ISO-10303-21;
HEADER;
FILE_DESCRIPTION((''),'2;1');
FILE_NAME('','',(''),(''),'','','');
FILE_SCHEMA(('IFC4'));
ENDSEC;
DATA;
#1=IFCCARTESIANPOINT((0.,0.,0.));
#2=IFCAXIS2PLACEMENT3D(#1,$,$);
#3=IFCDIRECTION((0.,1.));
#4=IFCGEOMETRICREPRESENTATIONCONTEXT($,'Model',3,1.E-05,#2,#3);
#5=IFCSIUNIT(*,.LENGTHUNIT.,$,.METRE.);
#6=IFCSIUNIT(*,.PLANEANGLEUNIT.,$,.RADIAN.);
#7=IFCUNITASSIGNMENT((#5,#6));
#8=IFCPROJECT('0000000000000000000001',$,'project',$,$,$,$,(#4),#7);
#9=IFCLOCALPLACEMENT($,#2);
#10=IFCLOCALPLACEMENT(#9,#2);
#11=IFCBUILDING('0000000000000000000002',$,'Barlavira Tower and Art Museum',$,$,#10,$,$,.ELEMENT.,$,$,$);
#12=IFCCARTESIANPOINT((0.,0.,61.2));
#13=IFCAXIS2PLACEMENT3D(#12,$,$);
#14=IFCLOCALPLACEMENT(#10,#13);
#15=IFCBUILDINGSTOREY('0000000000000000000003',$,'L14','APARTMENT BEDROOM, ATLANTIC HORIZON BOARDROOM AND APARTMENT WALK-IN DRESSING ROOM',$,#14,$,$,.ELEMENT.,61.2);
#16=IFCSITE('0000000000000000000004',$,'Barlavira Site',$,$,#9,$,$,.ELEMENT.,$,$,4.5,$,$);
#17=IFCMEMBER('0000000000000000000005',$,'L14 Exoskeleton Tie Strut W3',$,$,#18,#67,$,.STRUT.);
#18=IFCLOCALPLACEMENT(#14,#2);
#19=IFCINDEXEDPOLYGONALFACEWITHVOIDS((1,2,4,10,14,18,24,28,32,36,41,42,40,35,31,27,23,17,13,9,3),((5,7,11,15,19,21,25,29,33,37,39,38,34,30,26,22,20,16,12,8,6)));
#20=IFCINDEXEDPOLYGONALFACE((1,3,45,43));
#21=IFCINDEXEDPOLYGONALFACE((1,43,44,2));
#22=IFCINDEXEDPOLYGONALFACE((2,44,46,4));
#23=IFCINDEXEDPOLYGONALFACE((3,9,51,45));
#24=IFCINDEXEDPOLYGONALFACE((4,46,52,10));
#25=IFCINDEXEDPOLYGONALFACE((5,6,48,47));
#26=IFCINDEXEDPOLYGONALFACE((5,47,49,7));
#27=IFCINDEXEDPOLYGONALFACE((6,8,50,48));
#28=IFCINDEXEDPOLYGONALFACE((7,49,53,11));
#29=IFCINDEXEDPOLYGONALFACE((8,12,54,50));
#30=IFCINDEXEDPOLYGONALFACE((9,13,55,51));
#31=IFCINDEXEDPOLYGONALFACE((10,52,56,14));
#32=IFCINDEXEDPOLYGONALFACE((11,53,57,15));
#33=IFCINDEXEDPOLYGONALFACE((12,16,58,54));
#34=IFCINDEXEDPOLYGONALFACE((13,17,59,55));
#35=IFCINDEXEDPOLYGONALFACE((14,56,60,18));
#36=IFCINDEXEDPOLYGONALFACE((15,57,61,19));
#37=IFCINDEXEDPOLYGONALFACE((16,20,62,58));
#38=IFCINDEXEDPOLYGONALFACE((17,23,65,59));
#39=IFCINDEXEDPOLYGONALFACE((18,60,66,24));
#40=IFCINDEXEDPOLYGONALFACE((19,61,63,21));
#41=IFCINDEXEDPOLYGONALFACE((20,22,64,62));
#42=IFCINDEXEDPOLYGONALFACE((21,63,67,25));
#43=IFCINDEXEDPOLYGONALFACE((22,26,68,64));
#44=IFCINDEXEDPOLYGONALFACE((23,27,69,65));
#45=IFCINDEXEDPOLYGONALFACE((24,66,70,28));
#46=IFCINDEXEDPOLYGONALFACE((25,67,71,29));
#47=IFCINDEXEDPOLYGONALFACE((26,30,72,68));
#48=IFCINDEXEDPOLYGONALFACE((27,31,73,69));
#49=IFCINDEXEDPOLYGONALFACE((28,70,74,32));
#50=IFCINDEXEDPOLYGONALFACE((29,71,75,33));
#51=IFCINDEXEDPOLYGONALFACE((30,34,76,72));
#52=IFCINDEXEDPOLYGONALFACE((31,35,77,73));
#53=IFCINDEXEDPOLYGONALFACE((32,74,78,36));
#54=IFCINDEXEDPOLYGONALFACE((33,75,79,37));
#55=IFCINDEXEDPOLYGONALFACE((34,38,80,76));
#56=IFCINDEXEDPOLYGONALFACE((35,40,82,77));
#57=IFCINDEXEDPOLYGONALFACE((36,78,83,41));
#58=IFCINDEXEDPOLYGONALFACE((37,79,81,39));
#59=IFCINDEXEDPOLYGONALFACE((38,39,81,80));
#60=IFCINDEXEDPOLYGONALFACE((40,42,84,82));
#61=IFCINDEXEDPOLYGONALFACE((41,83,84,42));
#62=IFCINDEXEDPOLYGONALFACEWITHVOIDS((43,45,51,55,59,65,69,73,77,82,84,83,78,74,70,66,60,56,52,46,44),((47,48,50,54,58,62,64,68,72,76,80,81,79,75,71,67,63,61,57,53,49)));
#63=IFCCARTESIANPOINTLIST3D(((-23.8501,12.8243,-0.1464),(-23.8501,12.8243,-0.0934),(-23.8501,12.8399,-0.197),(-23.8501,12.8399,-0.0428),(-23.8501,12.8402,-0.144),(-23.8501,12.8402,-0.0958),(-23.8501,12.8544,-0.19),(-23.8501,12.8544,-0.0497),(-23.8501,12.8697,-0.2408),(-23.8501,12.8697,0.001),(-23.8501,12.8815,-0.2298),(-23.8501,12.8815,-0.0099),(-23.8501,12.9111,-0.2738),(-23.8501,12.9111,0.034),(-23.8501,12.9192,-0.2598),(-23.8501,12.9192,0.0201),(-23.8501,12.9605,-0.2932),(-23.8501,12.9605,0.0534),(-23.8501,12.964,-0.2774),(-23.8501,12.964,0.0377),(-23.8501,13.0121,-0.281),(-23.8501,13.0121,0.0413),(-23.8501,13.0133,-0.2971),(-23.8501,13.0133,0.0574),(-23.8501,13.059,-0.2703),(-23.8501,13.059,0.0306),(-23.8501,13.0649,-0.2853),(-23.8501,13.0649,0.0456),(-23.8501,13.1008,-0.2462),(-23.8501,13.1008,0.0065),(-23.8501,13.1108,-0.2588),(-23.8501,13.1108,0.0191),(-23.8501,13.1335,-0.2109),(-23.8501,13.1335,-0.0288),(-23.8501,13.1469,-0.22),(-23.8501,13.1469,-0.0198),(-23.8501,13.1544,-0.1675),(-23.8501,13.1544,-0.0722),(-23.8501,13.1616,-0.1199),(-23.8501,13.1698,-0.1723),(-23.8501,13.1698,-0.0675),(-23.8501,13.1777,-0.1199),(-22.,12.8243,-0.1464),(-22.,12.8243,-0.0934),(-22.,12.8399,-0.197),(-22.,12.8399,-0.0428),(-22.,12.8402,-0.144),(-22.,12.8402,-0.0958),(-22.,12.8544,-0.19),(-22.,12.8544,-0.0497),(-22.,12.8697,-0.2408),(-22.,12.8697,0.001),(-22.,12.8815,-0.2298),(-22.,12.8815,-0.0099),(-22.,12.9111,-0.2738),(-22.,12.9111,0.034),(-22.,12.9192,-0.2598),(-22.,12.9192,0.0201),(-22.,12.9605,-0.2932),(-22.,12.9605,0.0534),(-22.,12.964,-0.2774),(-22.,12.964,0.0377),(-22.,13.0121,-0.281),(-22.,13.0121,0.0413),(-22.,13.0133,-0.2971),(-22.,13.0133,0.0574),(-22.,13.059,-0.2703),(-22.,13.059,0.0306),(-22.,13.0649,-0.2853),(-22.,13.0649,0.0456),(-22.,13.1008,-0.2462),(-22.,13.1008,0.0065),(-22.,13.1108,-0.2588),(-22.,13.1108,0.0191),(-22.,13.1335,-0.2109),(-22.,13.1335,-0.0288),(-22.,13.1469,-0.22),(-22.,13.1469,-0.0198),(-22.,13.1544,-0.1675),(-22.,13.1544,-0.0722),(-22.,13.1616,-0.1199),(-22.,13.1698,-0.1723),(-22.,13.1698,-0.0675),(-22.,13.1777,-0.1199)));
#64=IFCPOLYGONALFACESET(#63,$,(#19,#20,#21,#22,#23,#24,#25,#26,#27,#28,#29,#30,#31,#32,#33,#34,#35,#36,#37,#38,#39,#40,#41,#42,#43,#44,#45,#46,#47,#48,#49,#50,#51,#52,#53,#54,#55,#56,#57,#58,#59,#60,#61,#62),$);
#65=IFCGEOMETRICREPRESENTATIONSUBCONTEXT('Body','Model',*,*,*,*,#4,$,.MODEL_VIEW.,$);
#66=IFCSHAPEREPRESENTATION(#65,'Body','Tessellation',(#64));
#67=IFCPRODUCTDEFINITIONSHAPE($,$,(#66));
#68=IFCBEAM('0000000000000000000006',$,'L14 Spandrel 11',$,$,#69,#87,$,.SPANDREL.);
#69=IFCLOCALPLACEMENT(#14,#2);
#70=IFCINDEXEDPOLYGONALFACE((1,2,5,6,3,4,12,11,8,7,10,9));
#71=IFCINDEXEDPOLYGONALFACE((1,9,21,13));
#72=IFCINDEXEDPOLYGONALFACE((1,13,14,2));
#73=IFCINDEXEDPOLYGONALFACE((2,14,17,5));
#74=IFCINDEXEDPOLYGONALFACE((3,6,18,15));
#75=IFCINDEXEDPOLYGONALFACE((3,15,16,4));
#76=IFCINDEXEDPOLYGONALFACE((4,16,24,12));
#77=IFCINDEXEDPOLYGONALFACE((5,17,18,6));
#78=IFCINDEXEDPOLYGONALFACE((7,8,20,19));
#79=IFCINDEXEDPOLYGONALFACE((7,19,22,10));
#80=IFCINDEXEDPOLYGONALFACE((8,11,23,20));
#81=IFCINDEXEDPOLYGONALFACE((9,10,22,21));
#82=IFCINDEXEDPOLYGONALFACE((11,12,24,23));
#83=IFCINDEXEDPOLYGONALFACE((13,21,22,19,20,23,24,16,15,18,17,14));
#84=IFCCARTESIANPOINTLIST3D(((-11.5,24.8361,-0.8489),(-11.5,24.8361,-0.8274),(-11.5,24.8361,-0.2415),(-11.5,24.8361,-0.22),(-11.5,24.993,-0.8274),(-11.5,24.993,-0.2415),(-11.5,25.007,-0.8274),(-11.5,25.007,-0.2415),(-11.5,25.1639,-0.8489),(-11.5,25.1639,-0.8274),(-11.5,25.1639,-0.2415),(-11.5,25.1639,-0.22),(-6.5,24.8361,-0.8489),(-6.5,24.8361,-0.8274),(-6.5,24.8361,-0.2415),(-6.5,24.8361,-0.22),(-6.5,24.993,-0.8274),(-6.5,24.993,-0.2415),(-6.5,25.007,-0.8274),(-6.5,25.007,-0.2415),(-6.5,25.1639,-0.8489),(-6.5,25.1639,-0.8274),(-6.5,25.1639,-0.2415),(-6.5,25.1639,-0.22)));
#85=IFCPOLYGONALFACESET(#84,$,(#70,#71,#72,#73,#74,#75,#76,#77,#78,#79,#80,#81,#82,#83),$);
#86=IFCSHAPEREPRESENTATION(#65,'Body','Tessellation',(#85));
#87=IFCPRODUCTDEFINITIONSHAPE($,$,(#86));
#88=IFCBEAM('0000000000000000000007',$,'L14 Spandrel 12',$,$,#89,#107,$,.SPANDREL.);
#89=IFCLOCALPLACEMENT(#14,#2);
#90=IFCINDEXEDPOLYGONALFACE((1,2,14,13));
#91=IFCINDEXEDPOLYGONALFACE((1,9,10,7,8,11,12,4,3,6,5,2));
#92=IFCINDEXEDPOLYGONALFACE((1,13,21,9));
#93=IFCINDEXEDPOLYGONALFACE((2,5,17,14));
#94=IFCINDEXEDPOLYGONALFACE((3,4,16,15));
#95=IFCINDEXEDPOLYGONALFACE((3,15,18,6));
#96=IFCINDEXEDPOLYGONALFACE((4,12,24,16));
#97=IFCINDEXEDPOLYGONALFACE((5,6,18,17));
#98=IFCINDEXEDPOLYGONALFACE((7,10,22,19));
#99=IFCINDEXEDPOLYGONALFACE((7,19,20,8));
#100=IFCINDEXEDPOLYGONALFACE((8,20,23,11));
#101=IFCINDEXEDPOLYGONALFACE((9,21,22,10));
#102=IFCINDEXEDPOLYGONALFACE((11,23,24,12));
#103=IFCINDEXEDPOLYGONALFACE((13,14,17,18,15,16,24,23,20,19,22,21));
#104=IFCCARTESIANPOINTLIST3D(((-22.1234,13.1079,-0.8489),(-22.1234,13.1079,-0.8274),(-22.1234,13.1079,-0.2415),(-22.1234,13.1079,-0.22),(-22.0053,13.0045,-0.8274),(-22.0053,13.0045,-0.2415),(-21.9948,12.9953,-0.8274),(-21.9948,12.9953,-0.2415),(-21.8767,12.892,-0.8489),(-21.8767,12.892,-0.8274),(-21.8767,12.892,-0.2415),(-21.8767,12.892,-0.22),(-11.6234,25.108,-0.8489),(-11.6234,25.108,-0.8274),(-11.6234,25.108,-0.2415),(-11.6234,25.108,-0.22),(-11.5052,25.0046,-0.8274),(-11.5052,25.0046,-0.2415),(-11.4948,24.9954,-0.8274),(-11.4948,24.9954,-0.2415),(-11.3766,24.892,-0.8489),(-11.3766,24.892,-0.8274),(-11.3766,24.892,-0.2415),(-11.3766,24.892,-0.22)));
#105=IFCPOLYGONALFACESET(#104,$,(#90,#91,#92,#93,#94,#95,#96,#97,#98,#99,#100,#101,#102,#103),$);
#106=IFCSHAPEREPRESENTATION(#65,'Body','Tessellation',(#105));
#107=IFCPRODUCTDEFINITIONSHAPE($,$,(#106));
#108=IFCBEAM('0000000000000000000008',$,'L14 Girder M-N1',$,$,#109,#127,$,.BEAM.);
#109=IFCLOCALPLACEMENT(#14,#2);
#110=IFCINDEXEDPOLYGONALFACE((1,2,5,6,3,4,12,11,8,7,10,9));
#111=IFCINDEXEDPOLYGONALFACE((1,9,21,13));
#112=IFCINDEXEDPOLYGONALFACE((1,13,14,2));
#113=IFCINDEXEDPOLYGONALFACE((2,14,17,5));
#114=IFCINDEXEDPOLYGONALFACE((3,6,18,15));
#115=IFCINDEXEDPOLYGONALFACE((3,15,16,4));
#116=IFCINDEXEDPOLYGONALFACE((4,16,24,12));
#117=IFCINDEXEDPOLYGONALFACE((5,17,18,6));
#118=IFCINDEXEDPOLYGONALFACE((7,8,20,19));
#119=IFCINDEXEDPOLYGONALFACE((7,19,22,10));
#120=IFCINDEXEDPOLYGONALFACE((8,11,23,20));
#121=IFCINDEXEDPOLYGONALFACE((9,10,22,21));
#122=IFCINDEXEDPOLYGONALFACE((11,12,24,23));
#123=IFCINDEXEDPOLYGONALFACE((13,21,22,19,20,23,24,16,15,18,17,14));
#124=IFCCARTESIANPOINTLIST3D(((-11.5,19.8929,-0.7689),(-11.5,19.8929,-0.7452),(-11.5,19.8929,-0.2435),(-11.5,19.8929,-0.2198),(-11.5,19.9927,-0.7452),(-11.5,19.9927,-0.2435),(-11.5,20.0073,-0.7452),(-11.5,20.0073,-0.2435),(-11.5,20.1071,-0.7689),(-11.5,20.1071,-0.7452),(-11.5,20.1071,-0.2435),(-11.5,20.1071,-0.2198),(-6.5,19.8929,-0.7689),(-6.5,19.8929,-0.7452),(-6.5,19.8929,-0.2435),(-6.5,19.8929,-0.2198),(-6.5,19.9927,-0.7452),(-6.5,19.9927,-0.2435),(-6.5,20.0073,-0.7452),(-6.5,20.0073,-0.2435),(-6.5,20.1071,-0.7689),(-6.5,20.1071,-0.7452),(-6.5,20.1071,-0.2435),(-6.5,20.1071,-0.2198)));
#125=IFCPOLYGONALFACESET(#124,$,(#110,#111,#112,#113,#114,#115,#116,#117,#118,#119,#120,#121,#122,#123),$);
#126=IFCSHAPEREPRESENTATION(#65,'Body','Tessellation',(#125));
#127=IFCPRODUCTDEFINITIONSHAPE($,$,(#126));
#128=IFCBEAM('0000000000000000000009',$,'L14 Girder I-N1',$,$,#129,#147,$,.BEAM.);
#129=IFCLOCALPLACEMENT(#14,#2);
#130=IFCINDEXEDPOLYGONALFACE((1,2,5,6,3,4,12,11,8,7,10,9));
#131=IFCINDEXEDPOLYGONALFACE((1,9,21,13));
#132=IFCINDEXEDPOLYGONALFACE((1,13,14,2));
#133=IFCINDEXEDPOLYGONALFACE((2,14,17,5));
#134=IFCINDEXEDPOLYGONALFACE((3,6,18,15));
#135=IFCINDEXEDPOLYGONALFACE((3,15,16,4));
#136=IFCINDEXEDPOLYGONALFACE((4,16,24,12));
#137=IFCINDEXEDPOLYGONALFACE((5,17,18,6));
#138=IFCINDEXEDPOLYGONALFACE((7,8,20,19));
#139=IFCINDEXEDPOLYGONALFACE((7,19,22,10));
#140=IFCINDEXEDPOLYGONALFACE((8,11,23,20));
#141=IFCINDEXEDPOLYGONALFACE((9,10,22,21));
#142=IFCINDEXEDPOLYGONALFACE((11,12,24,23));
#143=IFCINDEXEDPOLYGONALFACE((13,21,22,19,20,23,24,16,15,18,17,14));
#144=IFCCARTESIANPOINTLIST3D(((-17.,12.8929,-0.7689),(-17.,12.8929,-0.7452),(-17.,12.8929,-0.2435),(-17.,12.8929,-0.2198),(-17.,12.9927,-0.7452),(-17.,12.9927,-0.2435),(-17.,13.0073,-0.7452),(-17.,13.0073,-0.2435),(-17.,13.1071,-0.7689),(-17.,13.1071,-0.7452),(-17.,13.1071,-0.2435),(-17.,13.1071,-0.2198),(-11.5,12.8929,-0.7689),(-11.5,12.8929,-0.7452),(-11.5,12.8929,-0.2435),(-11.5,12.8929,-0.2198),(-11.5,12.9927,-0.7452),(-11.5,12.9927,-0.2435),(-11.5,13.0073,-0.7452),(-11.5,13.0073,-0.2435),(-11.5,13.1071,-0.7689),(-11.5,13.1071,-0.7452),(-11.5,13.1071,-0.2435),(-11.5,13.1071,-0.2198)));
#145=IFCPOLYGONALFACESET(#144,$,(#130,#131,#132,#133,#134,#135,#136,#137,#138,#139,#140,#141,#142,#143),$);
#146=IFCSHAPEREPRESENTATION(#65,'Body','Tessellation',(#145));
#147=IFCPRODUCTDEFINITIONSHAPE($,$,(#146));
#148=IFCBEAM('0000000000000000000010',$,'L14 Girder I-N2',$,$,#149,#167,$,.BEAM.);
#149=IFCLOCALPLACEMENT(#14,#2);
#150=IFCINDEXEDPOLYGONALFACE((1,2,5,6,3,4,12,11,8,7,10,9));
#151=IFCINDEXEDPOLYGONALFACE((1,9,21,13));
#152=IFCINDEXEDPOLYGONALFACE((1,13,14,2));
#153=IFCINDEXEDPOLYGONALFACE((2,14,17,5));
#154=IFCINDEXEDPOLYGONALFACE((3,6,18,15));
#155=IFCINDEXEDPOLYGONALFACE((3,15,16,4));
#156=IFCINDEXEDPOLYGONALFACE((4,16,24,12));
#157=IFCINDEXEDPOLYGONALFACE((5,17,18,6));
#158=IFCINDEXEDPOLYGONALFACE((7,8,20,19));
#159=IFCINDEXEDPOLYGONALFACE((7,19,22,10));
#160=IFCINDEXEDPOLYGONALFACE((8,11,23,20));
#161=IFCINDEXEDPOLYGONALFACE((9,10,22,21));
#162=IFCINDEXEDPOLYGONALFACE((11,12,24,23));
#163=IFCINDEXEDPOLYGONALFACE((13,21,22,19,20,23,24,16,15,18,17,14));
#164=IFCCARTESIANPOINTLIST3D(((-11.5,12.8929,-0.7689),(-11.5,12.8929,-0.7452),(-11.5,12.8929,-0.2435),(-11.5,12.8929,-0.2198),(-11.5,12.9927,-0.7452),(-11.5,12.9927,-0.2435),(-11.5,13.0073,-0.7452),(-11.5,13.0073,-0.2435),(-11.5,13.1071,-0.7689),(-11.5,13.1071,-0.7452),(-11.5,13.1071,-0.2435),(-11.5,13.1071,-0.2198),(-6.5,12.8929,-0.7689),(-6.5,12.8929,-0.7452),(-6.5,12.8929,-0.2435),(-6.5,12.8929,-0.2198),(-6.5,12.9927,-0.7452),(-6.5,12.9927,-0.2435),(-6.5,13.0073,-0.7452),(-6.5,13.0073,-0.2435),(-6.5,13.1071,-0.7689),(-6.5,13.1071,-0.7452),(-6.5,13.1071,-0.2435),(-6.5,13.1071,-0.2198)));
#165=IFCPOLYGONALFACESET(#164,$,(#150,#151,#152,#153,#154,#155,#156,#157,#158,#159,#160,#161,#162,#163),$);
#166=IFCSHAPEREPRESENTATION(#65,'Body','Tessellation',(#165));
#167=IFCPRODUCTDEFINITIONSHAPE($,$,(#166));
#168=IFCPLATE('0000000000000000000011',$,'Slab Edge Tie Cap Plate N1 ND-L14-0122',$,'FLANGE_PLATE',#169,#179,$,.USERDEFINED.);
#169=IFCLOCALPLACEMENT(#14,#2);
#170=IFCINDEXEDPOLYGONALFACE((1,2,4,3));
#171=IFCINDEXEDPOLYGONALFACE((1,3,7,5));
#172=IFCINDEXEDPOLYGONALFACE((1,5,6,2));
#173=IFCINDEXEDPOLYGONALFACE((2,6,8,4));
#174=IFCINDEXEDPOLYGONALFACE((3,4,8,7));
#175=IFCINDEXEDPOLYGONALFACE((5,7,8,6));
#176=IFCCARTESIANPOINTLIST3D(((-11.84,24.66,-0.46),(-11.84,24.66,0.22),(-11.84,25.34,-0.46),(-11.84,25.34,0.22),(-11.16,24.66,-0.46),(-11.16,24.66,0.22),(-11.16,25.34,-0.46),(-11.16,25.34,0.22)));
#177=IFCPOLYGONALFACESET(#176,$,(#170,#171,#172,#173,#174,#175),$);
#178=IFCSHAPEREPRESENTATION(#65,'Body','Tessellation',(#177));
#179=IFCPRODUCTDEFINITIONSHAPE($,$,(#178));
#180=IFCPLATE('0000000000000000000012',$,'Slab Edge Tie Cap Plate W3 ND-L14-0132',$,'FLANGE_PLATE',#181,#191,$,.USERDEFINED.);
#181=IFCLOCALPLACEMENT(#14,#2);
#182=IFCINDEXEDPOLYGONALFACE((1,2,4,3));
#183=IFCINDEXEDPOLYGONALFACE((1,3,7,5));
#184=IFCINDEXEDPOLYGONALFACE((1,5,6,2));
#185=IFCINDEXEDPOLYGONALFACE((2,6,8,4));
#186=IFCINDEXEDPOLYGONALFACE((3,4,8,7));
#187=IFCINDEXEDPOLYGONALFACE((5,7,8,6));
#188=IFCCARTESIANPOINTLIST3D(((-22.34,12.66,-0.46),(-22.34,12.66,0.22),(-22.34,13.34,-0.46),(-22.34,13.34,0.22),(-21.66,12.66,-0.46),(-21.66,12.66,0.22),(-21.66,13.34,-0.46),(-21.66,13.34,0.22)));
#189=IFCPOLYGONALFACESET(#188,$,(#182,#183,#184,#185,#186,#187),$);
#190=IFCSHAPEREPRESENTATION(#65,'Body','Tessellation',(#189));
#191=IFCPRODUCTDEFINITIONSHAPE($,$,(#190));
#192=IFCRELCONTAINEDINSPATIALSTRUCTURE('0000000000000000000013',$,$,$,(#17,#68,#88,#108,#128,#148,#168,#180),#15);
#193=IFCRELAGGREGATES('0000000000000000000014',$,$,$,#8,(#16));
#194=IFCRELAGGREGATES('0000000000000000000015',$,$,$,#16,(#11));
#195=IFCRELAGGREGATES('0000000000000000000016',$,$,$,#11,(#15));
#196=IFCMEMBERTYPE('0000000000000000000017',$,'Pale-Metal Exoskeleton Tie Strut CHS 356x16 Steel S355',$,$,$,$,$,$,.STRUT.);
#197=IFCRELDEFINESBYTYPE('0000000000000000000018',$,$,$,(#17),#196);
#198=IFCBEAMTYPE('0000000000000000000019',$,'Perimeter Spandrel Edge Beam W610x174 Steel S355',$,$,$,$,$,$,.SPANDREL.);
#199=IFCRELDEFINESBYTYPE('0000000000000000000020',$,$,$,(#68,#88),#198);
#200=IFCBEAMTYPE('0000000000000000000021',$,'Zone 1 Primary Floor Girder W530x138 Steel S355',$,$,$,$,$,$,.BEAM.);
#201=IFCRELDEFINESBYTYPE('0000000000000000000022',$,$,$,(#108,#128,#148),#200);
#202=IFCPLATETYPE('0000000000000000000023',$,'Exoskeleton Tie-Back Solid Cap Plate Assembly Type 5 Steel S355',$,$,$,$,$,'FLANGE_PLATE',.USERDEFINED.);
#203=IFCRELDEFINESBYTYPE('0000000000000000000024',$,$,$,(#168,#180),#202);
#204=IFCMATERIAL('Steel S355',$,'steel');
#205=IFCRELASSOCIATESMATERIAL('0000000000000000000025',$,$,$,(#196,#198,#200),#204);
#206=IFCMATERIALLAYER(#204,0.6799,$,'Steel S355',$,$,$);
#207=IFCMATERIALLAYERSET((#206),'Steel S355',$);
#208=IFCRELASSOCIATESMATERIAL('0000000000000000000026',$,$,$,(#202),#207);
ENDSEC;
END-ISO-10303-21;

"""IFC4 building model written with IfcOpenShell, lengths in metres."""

from ifc_helpers import new_model, si_unit, direction, frame, origin, origin_2d, place, context, subcontext, project, spatial, rectangle, hollow_circle, i_section, extrude, material, layer, layer_set, material_profile, profile_set, type_object, element, save


model = new_model("IFC4")

# Units and contexts
model_context = context("Model", 3, precision=1e-05, world=origin(), true_north=direction((0.0, 1.0)))
body_context = subcontext(model_context, "Body", "Model", "MODEL_VIEW")
ifc_project = project(units=[si_unit("LENGTHUNIT", "METRE"), si_unit("PLANEANGLEUNIT", "RADIAN")], contexts=[model_context])

# Site, building, storey
site_placement = place(None, origin())
site = spatial("IfcSite", under=ifc_project, at=site_placement, Name="Barlavira Site", CompositionType="ELEMENT", RefElevation=4.5)
building_placement = place(site_placement, origin())
building = spatial("IfcBuilding", under=site, at=building_placement, Name="Barlavira Tower and Art Museum", CompositionType="ELEMENT")
storey_placement = place(building_placement, frame((0.0, 0.0, 61.2)))
storey = spatial("IfcBuildingStorey", under=building, at=storey_placement, Name="L14", Description="APARTMENT BEDROOM, ATLANTIC HORIZON BOARDROOM AND APARTMENT WALK-IN DRESSING ROOM", CompositionType="ELEMENT", Elevation=61.2)

# Member
ifc_material_1 = material(Name="Steel S355", Category="steel")
ifc_material_profile_1 = material_profile(ifc_material_1, hollow_circle(Radius=0.1777, WallThickness=0.0161, at=origin_2d()), Name="CHS 355.6x16.0")
ifc_profile_set_1 = profile_set([ifc_material_profile_1], Name="Steel S355")
member_type_1 = type_object("IfcMemberType", Name="Pale-Metal Exoskeleton Tie Strut CHS 356x16 Steel S355", PredefinedType="STRUT", material=ifc_profile_set_1)
member_1_placement = place(storey_placement, frame((-23.8501, 13.0, -0.1199), z_axis=(1.0, 0.0, 0.0), x_axis=(0.0, 1.0, 0.0)))
element("IfcMember", 1, at=member_1_placement, inside=storey, type_object=member_type_1, Name="L14 Exoskeleton Tie Strut W3", PredefinedType="STRUT", context=body_context, shape_type="SweptSolid", body=[
    extrude(hollow_circle(Radius=0.1777, WallThickness=0.0161, at=origin_2d()), origin(), (0.0, 0.0, 1.0), 1.8501),
])

# Beams
ifc_material_profile_2 = material_profile(ifc_material_1, i_section(OverallWidth=0.3279, OverallDepth=0.6289, WebThickness=0.0139, FlangeThickness=0.0215, at=origin_2d()), Name="W610x174.0")
ifc_profile_set_2 = profile_set([ifc_material_profile_2], Name="Steel S355")
beam_type_1 = type_object("IfcBeamType", Name="Perimeter Spandrel Edge Beam W610x174 Steel S355", PredefinedType="SPANDREL", material=ifc_profile_set_2)
beam_1_placement = place(storey_placement, frame((-11.5, 25.0, -0.5344), z_axis=(1.0, 0.0, 0.0), x_axis=(0.0, 1.0, 0.0)))
element("IfcBeam", 2, at=beam_1_placement, inside=storey, type_object=beam_type_1, Name="L14 Spandrel 11", PredefinedType="SPANDREL", context=body_context, shape_type="SweptSolid", body=[
    extrude(i_section(OverallWidth=0.3279, OverallDepth=0.6289, WebThickness=0.0139, FlangeThickness=0.0215, at=origin_2d()), origin(), (0.0, 0.0, 1.0), 5.0),
])
beam_2_placement = place(storey_placement, frame((-11.5, 25.0, -0.5344), z_axis=(-0.658505, -0.752577, 0.0), x_axis=(0.752577, -0.658505, 0.0)))
element("IfcBeam", 3, at=beam_2_placement, inside=storey, type_object=beam_type_1, Name="L14 Spandrel 12", PredefinedType="SPANDREL", context=body_context, shape_type="SweptSolid", body=[
    extrude(i_section(OverallWidth=0.3279, OverallDepth=0.6289, WebThickness=0.0139, FlangeThickness=0.0215, at=origin_2d()), origin(), (0.0, 0.0, 1.0), 15.9453),
])
ifc_material_profile_3 = material_profile(ifc_material_1, i_section(OverallWidth=0.2141, OverallDepth=0.5491, WebThickness=0.0146, FlangeThickness=0.0237, at=origin_2d()), Name="W530x138.0")
ifc_profile_set_3 = profile_set([ifc_material_profile_3], Name="Steel S355")
beam_type_2 = type_object("IfcBeamType", Name="Zone 1 Primary Floor Girder W530x138 Steel S355", PredefinedType="BEAM", material=ifc_profile_set_3)
beam_3_placement = place(storey_placement, frame((-11.5, 20.0, -0.4944), z_axis=(1.0, 0.0, 0.0), x_axis=(0.0, 1.0, 0.0)))
element("IfcBeam", 4, at=beam_3_placement, inside=storey, type_object=beam_type_2, Name="L14 Girder M-N1", PredefinedType="BEAM", context=body_context, shape_type="SweptSolid", body=[
    extrude(i_section(OverallWidth=0.2141, OverallDepth=0.5491, WebThickness=0.0146, FlangeThickness=0.0237, at=origin_2d()), origin(), (0.0, 0.0, 1.0), 5.0),
])
beam_4_placement = place(storey_placement, frame((-17.0, 13.0, -0.4944), z_axis=(1.0, 0.0, 0.0), x_axis=(0.0, 1.0, 0.0)))
element("IfcBeam", 5, at=beam_4_placement, inside=storey, type_object=beam_type_2, Name="L14 Girder I-N1", PredefinedType="BEAM", context=body_context, shape_type="SweptSolid", body=[
    extrude(i_section(OverallWidth=0.2141, OverallDepth=0.5491, WebThickness=0.0146, FlangeThickness=0.0237, at=origin_2d()), origin(), (0.0, 0.0, 1.0), 5.5),
])
beam_5_placement = place(storey_placement, frame((-11.5, 13.0, -0.4944), z_axis=(1.0, 0.0, 0.0), x_axis=(0.0, 1.0, 0.0)))
element("IfcBeam", 6, at=beam_5_placement, inside=storey, type_object=beam_type_2, Name="L14 Girder I-N2", PredefinedType="BEAM", context=body_context, shape_type="SweptSolid", body=[
    extrude(i_section(OverallWidth=0.2141, OverallDepth=0.5491, WebThickness=0.0146, FlangeThickness=0.0237, at=origin_2d()), origin(), (0.0, 0.0, 1.0), 5.0),
])

# Plates
ifc_layer_1 = layer(ifc_material_1, 0.6799, Name="Steel S355")
ifc_layer_set_1 = layer_set([ifc_layer_1], Name="Steel S355")
plate_type = type_object("IfcPlateType", Name="Exoskeleton Tie-Back Solid Cap Plate Assembly Type 5 Steel S355", ElementType="FLANGE_PLATE", PredefinedType="USERDEFINED", material=ifc_layer_set_1)
for number, where, z_axis, x_axis, name in (
    (7, (-11.5, 25.0, -0.46), (0.0, 0.0, 1.0), (1.0, 0.0, 0.0), "Slab Edge Tie Cap Plate N1 ND-L14-0122"),
    (8, (-22.0, 13.0, -0.46), (0.0, 0.0, 1.0), (1.0, 0.0, 0.0), "Slab Edge Tie Cap Plate W3 ND-L14-0132"),
):
    element("IfcPlate", number, at=place(storey_placement, frame(where, z_axis=z_axis, x_axis=x_axis)), inside=storey, type_object=plate_type, Name=name, ObjectType="FLANGE_PLATE", PredefinedType="USERDEFINED", context=body_context, shape_type="SweptSolid", body=[
        extrude(rectangle(XDim=0.6799, YDim=0.6799, at=origin_2d()), origin(), (0.0, 0.0, 1.0), 0.6799),
    ])

save(model, "model.ifc")
